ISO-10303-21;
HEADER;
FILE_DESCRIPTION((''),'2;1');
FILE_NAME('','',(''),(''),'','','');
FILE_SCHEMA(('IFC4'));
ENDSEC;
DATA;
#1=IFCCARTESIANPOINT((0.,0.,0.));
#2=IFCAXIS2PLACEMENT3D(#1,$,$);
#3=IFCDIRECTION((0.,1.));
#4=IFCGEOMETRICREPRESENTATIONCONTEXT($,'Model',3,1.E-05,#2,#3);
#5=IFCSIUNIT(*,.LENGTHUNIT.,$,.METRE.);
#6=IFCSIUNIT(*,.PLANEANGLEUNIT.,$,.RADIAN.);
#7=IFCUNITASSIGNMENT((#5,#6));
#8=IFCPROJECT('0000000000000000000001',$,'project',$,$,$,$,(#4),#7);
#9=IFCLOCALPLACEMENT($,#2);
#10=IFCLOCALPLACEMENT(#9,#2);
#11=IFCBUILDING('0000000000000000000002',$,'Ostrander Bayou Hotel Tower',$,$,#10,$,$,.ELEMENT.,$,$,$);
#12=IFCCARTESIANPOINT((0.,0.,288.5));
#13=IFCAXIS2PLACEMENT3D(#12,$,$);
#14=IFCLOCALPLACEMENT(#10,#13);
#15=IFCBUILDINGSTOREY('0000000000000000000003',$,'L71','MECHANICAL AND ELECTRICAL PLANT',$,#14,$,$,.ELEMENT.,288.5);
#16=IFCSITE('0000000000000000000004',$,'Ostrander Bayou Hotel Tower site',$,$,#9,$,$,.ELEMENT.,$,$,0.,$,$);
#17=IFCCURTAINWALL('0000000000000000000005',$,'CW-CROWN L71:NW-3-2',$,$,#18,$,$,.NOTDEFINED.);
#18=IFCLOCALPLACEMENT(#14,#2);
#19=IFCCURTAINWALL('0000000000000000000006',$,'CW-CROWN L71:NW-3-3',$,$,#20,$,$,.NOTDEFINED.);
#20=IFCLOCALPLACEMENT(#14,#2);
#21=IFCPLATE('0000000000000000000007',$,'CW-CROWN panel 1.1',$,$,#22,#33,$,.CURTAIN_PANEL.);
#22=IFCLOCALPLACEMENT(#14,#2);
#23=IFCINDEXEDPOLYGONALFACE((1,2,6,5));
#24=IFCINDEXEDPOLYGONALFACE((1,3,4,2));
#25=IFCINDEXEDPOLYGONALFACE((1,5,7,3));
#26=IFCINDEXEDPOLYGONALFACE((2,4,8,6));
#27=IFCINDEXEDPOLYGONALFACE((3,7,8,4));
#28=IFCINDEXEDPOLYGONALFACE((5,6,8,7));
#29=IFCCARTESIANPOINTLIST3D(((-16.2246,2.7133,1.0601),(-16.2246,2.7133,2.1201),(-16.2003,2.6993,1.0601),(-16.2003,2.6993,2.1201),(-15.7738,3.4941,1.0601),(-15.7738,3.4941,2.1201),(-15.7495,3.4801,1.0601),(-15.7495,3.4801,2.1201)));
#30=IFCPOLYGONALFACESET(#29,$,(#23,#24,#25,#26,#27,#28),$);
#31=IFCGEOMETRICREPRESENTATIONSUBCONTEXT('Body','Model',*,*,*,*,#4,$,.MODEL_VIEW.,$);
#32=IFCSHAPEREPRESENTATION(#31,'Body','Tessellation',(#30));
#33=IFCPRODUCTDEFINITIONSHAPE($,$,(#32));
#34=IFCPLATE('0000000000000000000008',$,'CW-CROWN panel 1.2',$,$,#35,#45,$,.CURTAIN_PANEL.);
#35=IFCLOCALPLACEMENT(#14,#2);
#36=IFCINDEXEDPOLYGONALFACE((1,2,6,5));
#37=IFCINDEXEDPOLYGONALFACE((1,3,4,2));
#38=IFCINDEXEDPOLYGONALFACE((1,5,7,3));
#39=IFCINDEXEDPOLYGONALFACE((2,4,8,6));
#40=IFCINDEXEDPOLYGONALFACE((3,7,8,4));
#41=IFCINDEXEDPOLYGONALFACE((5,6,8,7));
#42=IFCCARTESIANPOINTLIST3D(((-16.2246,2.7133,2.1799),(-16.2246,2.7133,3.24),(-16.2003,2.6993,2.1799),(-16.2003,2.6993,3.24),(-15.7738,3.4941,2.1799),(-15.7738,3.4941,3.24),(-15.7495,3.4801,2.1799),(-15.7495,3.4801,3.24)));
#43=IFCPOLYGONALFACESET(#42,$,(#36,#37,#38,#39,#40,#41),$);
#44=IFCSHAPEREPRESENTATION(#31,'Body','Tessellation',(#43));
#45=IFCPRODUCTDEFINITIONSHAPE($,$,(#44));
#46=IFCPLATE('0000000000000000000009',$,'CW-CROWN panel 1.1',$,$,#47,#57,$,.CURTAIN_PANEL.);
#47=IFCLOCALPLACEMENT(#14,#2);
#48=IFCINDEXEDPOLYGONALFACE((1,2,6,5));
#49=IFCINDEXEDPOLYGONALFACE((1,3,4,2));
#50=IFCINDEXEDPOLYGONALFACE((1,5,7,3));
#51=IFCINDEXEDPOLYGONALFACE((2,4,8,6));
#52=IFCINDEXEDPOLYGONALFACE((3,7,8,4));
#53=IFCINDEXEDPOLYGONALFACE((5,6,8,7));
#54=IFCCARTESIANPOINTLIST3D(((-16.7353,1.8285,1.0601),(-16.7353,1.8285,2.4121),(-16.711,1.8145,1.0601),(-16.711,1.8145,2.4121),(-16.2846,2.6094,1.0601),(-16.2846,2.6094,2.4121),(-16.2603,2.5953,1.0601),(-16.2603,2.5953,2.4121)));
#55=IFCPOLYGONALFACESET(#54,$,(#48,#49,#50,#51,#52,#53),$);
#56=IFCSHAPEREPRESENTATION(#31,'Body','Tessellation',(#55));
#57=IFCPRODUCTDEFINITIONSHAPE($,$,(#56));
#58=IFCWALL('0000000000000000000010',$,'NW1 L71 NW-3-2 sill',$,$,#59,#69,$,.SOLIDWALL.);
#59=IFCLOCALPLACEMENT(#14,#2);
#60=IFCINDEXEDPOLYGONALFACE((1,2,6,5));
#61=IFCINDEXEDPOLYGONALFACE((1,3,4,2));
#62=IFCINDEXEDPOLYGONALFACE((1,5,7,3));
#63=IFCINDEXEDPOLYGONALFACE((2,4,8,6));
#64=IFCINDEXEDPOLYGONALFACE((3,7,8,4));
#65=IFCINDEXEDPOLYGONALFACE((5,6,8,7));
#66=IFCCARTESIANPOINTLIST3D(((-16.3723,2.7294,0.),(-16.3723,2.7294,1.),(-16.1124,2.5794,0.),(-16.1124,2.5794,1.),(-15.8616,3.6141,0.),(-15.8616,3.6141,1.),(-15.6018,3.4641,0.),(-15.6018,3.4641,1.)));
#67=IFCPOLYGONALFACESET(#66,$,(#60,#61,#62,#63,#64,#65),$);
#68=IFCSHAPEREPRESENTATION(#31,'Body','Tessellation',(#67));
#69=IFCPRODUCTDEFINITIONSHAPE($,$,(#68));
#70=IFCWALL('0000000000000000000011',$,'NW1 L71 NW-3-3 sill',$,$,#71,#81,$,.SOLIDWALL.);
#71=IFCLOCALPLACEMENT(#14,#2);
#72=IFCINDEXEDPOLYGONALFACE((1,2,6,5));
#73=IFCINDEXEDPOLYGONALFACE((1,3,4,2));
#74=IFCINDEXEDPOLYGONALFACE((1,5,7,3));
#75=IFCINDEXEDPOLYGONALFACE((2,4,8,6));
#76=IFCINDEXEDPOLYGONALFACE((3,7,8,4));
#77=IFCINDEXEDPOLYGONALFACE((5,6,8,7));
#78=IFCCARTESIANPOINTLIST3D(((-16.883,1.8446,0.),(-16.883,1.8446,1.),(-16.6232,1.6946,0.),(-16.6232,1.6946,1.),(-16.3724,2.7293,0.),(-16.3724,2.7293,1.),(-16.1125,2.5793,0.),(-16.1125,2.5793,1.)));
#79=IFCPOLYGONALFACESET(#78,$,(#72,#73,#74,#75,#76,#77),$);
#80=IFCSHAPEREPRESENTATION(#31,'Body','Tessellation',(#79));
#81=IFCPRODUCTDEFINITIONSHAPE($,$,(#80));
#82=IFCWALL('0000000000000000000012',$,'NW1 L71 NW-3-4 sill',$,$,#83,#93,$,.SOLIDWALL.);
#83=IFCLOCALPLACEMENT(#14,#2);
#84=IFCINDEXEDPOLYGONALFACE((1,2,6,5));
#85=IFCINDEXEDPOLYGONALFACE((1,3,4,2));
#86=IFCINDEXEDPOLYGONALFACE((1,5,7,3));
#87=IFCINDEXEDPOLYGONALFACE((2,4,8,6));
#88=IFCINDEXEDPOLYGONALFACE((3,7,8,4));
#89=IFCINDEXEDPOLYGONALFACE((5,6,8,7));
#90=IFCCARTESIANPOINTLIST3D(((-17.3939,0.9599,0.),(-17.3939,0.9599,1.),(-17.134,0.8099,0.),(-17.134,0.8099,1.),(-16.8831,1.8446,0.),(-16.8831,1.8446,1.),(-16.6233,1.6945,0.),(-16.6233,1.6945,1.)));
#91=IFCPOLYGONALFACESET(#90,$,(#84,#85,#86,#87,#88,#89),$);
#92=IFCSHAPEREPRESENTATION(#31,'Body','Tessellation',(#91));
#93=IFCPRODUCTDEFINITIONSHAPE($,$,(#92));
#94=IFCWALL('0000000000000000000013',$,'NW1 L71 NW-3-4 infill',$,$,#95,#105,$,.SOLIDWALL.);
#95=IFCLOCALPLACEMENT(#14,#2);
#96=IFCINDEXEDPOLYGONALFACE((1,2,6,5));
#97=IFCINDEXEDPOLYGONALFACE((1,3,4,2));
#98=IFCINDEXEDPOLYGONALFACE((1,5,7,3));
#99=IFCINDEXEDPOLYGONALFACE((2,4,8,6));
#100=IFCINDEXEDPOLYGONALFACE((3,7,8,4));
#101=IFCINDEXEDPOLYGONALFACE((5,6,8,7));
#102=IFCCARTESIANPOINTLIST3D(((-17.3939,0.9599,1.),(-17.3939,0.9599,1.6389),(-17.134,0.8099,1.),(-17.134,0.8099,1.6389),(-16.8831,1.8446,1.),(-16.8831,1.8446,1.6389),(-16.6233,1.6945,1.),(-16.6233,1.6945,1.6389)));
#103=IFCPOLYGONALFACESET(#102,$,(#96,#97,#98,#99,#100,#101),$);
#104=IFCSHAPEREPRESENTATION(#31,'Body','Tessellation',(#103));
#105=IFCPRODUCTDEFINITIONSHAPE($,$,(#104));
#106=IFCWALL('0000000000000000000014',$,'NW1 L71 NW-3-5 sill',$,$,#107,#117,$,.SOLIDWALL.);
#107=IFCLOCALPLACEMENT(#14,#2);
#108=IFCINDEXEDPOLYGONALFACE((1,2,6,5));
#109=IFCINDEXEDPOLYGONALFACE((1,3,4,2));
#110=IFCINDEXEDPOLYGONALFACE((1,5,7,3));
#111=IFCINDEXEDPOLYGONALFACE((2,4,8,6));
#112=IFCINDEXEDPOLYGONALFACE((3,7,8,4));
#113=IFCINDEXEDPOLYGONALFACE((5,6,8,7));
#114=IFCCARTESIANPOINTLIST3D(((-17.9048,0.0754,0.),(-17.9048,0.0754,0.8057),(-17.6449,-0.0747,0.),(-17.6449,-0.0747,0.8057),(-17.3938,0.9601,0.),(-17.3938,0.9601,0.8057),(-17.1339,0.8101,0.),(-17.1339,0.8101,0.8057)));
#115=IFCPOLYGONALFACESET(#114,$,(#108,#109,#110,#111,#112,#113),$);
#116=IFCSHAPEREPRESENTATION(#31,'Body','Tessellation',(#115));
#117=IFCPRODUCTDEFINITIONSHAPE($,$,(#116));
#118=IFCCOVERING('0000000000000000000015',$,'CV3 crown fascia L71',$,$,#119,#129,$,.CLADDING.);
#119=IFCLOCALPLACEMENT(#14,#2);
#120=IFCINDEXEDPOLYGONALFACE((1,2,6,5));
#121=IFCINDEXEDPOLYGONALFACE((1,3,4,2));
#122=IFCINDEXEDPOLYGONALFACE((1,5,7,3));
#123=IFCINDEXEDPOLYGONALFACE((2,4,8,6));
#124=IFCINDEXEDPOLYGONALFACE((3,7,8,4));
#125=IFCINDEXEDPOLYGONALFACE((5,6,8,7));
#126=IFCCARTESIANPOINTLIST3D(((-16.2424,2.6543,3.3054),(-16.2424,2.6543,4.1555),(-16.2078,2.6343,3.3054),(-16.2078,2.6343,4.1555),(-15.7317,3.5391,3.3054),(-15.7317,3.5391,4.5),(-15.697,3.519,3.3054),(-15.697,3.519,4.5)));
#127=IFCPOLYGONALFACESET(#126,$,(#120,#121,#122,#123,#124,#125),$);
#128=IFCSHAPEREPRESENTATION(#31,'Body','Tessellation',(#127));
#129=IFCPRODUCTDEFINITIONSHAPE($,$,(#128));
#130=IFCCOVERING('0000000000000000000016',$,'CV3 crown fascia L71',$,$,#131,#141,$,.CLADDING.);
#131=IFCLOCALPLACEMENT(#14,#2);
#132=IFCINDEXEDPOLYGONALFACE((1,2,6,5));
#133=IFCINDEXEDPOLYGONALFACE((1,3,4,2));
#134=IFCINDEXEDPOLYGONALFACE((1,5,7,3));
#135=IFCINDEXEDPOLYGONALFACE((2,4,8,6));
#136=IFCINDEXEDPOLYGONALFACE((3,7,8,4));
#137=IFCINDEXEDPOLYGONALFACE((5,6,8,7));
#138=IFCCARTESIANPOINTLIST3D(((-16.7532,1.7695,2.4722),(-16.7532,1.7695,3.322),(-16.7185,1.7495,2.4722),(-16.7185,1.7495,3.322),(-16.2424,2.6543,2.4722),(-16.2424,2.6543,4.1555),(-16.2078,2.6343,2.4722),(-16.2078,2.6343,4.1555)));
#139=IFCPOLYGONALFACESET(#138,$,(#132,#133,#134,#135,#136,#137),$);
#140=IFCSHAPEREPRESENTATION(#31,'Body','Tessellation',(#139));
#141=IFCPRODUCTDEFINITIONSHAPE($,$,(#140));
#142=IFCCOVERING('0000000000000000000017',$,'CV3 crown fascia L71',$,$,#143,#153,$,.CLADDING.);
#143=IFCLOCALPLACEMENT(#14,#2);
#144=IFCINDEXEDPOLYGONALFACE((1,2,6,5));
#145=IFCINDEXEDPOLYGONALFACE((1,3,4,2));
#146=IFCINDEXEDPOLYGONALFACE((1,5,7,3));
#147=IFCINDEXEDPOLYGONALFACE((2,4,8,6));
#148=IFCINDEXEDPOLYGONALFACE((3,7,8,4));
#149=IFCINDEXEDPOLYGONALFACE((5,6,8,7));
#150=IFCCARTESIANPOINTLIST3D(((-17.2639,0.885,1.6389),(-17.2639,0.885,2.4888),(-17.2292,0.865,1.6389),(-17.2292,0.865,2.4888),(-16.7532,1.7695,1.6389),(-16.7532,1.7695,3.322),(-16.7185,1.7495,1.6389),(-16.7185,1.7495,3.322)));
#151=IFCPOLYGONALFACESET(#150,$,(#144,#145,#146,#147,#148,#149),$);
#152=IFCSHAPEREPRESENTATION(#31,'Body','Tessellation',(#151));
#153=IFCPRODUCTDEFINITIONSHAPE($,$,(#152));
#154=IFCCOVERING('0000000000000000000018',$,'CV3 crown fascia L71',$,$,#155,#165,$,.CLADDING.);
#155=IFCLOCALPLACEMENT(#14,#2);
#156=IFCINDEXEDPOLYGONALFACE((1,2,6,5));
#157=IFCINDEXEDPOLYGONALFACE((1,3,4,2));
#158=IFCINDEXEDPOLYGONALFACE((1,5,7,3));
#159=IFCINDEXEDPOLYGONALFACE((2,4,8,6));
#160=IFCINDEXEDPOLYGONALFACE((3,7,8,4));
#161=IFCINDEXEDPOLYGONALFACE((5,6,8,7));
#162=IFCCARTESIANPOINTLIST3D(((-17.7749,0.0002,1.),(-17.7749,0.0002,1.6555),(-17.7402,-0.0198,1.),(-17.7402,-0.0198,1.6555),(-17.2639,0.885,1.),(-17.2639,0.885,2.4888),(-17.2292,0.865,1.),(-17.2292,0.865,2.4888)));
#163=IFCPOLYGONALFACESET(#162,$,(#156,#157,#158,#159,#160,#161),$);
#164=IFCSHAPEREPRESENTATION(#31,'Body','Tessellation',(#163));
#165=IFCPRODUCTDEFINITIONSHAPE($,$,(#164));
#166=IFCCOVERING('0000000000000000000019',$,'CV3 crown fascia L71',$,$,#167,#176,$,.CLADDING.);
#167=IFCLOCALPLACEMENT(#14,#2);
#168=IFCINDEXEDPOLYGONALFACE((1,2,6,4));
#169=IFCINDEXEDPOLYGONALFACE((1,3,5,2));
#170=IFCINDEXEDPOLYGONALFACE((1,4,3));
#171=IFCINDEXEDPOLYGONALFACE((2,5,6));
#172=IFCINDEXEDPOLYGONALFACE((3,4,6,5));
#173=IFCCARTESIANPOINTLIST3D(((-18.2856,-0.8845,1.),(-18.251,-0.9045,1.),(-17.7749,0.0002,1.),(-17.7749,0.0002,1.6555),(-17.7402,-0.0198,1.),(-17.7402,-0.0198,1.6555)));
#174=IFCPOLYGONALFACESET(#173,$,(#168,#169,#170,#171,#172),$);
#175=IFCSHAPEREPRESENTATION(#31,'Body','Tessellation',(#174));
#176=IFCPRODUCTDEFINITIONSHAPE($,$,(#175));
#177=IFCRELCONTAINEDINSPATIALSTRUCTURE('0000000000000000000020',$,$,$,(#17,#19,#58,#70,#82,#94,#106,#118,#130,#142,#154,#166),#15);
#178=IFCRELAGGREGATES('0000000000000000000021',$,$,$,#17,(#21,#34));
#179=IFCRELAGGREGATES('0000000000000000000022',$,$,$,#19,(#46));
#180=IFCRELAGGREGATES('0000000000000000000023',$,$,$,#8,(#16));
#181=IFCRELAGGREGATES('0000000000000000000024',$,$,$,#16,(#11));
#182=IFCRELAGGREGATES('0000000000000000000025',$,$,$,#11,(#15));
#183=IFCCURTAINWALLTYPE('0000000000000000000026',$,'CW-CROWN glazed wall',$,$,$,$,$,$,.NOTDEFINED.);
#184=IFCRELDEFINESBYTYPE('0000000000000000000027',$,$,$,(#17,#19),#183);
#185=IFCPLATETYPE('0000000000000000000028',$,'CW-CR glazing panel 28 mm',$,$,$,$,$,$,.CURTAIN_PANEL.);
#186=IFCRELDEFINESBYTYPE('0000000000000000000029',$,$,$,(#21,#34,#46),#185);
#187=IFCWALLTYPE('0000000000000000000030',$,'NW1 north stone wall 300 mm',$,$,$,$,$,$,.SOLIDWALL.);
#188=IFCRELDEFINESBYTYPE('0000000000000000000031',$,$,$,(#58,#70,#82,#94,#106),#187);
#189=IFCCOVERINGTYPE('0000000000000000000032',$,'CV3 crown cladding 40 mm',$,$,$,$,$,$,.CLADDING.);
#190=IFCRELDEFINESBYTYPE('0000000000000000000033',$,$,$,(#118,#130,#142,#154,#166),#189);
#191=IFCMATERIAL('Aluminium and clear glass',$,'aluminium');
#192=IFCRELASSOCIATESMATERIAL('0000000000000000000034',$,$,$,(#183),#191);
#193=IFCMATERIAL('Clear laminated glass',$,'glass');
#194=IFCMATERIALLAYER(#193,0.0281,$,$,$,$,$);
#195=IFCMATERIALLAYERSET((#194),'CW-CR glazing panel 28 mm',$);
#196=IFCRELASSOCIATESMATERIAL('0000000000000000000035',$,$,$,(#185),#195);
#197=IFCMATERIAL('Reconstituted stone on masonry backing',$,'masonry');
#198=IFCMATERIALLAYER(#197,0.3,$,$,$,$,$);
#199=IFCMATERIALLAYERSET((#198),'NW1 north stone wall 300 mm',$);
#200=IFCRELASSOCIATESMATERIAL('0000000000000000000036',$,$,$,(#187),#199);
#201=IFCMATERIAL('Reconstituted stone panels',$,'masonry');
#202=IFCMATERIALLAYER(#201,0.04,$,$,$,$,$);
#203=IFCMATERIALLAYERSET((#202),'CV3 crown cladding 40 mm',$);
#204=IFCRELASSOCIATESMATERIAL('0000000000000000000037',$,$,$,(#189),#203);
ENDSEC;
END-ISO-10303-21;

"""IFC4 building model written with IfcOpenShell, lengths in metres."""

from ifc_helpers import new_model, si_unit, direction, frame, frame_2d, origin, origin_2d, place, context, subcontext, project, spatial, polyline, rectangle, outline, extrude, material, layer, layer_set, type_object, element, aggregate, save


model = new_model("IFC4")

# Units and contexts
model_context = context("Model", 3, precision=1e-05, world=origin(), true_north=direction((0.0, 1.0)))
body_context = subcontext(model_context, "Body", "Model", "MODEL_VIEW")
ifc_project = project(units=[si_unit("LENGTHUNIT", "METRE"), si_unit("PLANEANGLEUNIT", "RADIAN")], contexts=[model_context])

# Site, building, storey
site_placement = place(None, origin())
site = spatial("IfcSite", under=ifc_project, at=site_placement, Name="Ostrander Bayou Hotel Tower site", CompositionType="ELEMENT", RefElevation=0.0)
building_placement = place(site_placement, origin())
building = spatial("IfcBuilding", under=site, at=building_placement, Name="Ostrander Bayou Hotel Tower", CompositionType="ELEMENT")
storey_placement = place(building_placement, frame((0.0, 0.0, 288.5)))
storey = spatial("IfcBuildingStorey", under=building, at=storey_placement, Name="L71", Description="MECHANICAL AND ELECTRICAL PLANT", CompositionType="ELEMENT", Elevation=288.5)

# Shared definitions
ifc_material_1 = material(Name="Aluminium and clear glass", Category="aluminium")
curtain_wall_type = type_object("IfcCurtainWallType", Name="CW-CROWN glazed wall", PredefinedType="NOTDEFINED", material=ifc_material_1)

# Curtain walls
curtain_wall_1_placement = place(storey_placement, origin())
curtain_wall_1 = element("IfcCurtainWall", 1, at=curtain_wall_1_placement, inside=storey, type_object=curtain_wall_type, Name="CW-CROWN L71:NW-3-2", PredefinedType="NOTDEFINED")
curtain_wall_2_placement = place(storey_placement, origin())
curtain_wall_2 = element("IfcCurtainWall", 2, at=curtain_wall_2_placement, inside=storey, type_object=curtain_wall_type, Name="CW-CROWN L71:NW-3-3", PredefinedType="NOTDEFINED")

# Plates
ifc_material_2 = material(Name="Clear laminated glass", Category="glass")
ifc_layer_1 = layer(ifc_material_2, 0.0281)
ifc_layer_set_1 = layer_set([ifc_layer_1], Name="CW-CR glazing panel 28 mm")
plate_type = type_object("IfcPlateType", Name="CW-CR glazing panel 28 mm", PredefinedType="CURTAIN_PANEL", material=ifc_layer_set_1)
plate_1_placement = place(storey_placement, frame((-15.9871, 3.0967, 1.0601), z_axis=(0.0, 0.0, 1.0), x_axis=(-0.500013, -0.866018, 0.0)))
plate_1 = element("IfcPlate", 3, at=plate_1_placement, type_object=plate_type, Name="CW-CROWN panel 1.1", PredefinedType="CURTAIN_PANEL", context=body_context, shape_type="SweptSolid", body=[
    extrude(rectangle(XDim=0.9016, YDim=0.0281, at=origin_2d()), origin(), (0.0, 0.0, 1.0), 1.0601),
])
plate_2_placement = place(storey_placement, frame((-15.9871, 3.0967, 2.1799), z_axis=(0.0, 0.0, 1.0), x_axis=(-0.500013, -0.866018, 0.0)))
plate_2 = element("IfcPlate", 4, at=plate_2_placement, type_object=plate_type, Name="CW-CROWN panel 1.2", PredefinedType="CURTAIN_PANEL", context=body_context, shape_type="SweptSolid", body=[
    extrude(rectangle(XDim=0.9016, YDim=0.0281, at=origin_2d()), origin(), (0.0, 0.0, 1.0), 1.0601),
])
aggregate(curtain_wall_1, [plate_1, plate_2])
plate_3_placement = place(storey_placement, frame((-16.4978, 2.2119, 1.0601), z_axis=(0.0, 0.0, 1.0), x_axis=(-0.49994, -0.86606, 0.0)))
plate_3 = element("IfcPlate", 5, at=plate_3_placement, type_object=plate_type, Name="CW-CROWN panel 1.1", PredefinedType="CURTAIN_PANEL", context=body_context, shape_type="SweptSolid", body=[
    extrude(rectangle(XDim=0.9016, YDim=0.0281, at=origin_2d()), origin(), (0.0, 0.0, 1.0), 1.3521),
])
aggregate(curtain_wall_2, [plate_3])

# Walls
ifc_material_3 = material(Name="Reconstituted stone on masonry backing", Category="masonry")
ifc_layer_2 = layer(ifc_material_3, 0.3)
ifc_layer_set_2 = layer_set([ifc_layer_2], Name="NW1 north stone wall 300 mm")
wall_type = type_object("IfcWallType", Name="NW1 north stone wall 300 mm", PredefinedType="SOLIDWALL", material=ifc_layer_set_2)
for number, where, z_axis, x_axis, name in (
    (6, (-15.7317, 3.5391, 0.0), (0.0, 0.0, 1.0), (-0.499943, -0.866058, 0.0), "NW1 L71 NW-3-2 sill"),
    (7, (-16.2424, 2.6543, 0.0), (0.0, 0.0, 1.0), (-0.499943, -0.866058, 0.0), "NW1 L71 NW-3-3 sill"),
    (8, (-16.7532, 1.7695, 0.0), (0.0, 0.0, 1.0), (-0.500047, -0.865998, 0.0), "NW1 L71 NW-3-4 sill"),
):
    element("IfcWall", number, at=place(storey_placement, frame(where, z_axis=z_axis, x_axis=x_axis)), inside=storey, type_object=wall_type, Name=name, PredefinedType="SOLIDWALL", context=body_context, shape_type="SweptSolid", body=[
        extrude(rectangle(XDim=1.0215, YDim=0.3, at=frame_2d((0.5107, 0.0))), origin(), (0.0, 0.0, 1.0), 1.0),
    ])
wall_1_placement = place(storey_placement, frame((-16.7532, 1.7695, 1.0), z_axis=(0.0, 0.0, 1.0), x_axis=(-0.500047, -0.865998, 0.0)))
element("IfcWall", 9, at=wall_1_placement, inside=storey, type_object=wall_type, Name="NW1 L71 NW-3-4 infill", PredefinedType="SOLIDWALL", context=body_context, shape_type="SweptSolid", body=[
    extrude(rectangle(XDim=1.0215, YDim=0.3, at=frame_2d((0.5107, 0.0))), origin(), (0.0, 0.0, 1.0), 0.6389),
])
wall_2_placement = place(storey_placement, frame((-17.2639, 0.885, 0.0), z_axis=(0.0, 0.0, 1.0), x_axis=(-0.500122, -0.865955, 0.0)))
element("IfcWall", 10, at=wall_2_placement, inside=storey, type_object=wall_type, Name="NW1 L71 NW-3-5 sill", PredefinedType="SOLIDWALL", context=body_context, shape_type="SweptSolid", body=[
    extrude(rectangle(XDim=1.0217, YDim=0.3, at=frame_2d((0.5107, 0.0))), origin(), (0.0, 0.0, 1.0), 0.8057),
])

# Coverings
ifc_material_4 = material(Name="Reconstituted stone panels", Category="masonry")
ifc_layer_3 = layer(ifc_material_4, 0.04)
ifc_layer_set_3 = layer_set([ifc_layer_3], Name="CV3 crown cladding 40 mm")
covering_type = type_object("IfcCoveringType", Name="CV3 crown cladding 40 mm", PredefinedType="CLADDING", material=ifc_layer_set_3)
covering_1_placement = place(storey_placement, frame((-15.7317, 3.5391, 3.3054), z_axis=(-0.866058, 0.499943, 0.0), x_axis=(-0.499943, -0.866058, 0.0)))
element("IfcCovering", 11, at=covering_1_placement, inside=storey, type_object=covering_type, Name="CV3 crown fascia L71", PredefinedType="CLADDING", context=body_context, shape_type="SweptSolid", body=[
    extrude(outline(polyline([(0.0, 0.0), (1.0216, 0.0), (1.0216, 0.8501), (0.0, 1.1946), (0.0, 0.0)])), origin(), (0.0, 0.0, -1.0), 0.04),
])
covering_2_placement = place(storey_placement, frame((-16.2424, 2.6543, 2.4722), z_axis=(-0.866058, 0.499943, 0.0), x_axis=(-0.499943, -0.866058, 0.0)))
element("IfcCovering", 12, at=covering_2_placement, inside=storey, type_object=covering_type, Name="CV3 crown fascia L71", PredefinedType="CLADDING", context=body_context, shape_type="SweptSolid", body=[
    extrude(outline(polyline([(0.0, 0.0), (1.0216, 0.0), (1.0216, 0.8499), (0.0, 1.6833), (0.0, 0.0)])), origin(), (0.0, 0.0, -1.0), 0.04),
])
covering_3_placement = place(storey_placement, frame((-16.7532, 1.7695, 1.6389), z_axis=(-0.865998, 0.500047, 0.0), x_axis=(-0.500047, -0.865998, 0.0)))
element("IfcCovering", 13, at=covering_3_placement, inside=storey, type_object=covering_type, Name="CV3 crown fascia L71", PredefinedType="CLADDING", context=body_context, shape_type="SweptSolid", body=[
    extrude(outline(polyline([(0.0, 0.0), (1.0214, 0.0), (1.0214, 0.8499), (0.0, 1.6831), (0.0, 0.0)])), origin(), (0.0, 0.0, -1.0), 0.04),
])
covering_4_placement = place(storey_placement, frame((-17.2639, 0.885, 1.0), z_axis=(-0.865955, 0.500122, 0.0), x_axis=(-0.500122, -0.865955, 0.0)))
element("IfcCovering", 14, at=covering_4_placement, inside=storey, type_object=covering_type, Name="CV3 crown fascia L71", PredefinedType="CLADDING", context=body_context, shape_type="SweptSolid", body=[
    extrude(outline(polyline([(0.0, 0.0), (1.0217, 0.0), (1.0217, 0.6555), (0.0, 1.4888), (0.0, 0.0)])), origin(), (0.0, 0.0, -1.0), 0.04),
])
covering_5_placement = place(storey_placement, frame((-17.7749, 0.0002, 1.0), z_axis=(-0.866058, 0.499943, 0.0), x_axis=(-0.499943, -0.866058, 0.0)))
element("IfcCovering", 15, at=covering_5_placement, inside=storey, type_object=covering_type, Name="CV3 crown fascia L71", PredefinedType="CLADDING", context=body_context, shape_type="SweptSolid", body=[
    extrude(outline(polyline([(0.0, 0.0), (1.0216, 0.0), (0.0, 0.6555), (0.0, 0.0)])), origin(), (0.0, 0.0, -1.0), 0.04),
])

save(model, "model.ifc")
